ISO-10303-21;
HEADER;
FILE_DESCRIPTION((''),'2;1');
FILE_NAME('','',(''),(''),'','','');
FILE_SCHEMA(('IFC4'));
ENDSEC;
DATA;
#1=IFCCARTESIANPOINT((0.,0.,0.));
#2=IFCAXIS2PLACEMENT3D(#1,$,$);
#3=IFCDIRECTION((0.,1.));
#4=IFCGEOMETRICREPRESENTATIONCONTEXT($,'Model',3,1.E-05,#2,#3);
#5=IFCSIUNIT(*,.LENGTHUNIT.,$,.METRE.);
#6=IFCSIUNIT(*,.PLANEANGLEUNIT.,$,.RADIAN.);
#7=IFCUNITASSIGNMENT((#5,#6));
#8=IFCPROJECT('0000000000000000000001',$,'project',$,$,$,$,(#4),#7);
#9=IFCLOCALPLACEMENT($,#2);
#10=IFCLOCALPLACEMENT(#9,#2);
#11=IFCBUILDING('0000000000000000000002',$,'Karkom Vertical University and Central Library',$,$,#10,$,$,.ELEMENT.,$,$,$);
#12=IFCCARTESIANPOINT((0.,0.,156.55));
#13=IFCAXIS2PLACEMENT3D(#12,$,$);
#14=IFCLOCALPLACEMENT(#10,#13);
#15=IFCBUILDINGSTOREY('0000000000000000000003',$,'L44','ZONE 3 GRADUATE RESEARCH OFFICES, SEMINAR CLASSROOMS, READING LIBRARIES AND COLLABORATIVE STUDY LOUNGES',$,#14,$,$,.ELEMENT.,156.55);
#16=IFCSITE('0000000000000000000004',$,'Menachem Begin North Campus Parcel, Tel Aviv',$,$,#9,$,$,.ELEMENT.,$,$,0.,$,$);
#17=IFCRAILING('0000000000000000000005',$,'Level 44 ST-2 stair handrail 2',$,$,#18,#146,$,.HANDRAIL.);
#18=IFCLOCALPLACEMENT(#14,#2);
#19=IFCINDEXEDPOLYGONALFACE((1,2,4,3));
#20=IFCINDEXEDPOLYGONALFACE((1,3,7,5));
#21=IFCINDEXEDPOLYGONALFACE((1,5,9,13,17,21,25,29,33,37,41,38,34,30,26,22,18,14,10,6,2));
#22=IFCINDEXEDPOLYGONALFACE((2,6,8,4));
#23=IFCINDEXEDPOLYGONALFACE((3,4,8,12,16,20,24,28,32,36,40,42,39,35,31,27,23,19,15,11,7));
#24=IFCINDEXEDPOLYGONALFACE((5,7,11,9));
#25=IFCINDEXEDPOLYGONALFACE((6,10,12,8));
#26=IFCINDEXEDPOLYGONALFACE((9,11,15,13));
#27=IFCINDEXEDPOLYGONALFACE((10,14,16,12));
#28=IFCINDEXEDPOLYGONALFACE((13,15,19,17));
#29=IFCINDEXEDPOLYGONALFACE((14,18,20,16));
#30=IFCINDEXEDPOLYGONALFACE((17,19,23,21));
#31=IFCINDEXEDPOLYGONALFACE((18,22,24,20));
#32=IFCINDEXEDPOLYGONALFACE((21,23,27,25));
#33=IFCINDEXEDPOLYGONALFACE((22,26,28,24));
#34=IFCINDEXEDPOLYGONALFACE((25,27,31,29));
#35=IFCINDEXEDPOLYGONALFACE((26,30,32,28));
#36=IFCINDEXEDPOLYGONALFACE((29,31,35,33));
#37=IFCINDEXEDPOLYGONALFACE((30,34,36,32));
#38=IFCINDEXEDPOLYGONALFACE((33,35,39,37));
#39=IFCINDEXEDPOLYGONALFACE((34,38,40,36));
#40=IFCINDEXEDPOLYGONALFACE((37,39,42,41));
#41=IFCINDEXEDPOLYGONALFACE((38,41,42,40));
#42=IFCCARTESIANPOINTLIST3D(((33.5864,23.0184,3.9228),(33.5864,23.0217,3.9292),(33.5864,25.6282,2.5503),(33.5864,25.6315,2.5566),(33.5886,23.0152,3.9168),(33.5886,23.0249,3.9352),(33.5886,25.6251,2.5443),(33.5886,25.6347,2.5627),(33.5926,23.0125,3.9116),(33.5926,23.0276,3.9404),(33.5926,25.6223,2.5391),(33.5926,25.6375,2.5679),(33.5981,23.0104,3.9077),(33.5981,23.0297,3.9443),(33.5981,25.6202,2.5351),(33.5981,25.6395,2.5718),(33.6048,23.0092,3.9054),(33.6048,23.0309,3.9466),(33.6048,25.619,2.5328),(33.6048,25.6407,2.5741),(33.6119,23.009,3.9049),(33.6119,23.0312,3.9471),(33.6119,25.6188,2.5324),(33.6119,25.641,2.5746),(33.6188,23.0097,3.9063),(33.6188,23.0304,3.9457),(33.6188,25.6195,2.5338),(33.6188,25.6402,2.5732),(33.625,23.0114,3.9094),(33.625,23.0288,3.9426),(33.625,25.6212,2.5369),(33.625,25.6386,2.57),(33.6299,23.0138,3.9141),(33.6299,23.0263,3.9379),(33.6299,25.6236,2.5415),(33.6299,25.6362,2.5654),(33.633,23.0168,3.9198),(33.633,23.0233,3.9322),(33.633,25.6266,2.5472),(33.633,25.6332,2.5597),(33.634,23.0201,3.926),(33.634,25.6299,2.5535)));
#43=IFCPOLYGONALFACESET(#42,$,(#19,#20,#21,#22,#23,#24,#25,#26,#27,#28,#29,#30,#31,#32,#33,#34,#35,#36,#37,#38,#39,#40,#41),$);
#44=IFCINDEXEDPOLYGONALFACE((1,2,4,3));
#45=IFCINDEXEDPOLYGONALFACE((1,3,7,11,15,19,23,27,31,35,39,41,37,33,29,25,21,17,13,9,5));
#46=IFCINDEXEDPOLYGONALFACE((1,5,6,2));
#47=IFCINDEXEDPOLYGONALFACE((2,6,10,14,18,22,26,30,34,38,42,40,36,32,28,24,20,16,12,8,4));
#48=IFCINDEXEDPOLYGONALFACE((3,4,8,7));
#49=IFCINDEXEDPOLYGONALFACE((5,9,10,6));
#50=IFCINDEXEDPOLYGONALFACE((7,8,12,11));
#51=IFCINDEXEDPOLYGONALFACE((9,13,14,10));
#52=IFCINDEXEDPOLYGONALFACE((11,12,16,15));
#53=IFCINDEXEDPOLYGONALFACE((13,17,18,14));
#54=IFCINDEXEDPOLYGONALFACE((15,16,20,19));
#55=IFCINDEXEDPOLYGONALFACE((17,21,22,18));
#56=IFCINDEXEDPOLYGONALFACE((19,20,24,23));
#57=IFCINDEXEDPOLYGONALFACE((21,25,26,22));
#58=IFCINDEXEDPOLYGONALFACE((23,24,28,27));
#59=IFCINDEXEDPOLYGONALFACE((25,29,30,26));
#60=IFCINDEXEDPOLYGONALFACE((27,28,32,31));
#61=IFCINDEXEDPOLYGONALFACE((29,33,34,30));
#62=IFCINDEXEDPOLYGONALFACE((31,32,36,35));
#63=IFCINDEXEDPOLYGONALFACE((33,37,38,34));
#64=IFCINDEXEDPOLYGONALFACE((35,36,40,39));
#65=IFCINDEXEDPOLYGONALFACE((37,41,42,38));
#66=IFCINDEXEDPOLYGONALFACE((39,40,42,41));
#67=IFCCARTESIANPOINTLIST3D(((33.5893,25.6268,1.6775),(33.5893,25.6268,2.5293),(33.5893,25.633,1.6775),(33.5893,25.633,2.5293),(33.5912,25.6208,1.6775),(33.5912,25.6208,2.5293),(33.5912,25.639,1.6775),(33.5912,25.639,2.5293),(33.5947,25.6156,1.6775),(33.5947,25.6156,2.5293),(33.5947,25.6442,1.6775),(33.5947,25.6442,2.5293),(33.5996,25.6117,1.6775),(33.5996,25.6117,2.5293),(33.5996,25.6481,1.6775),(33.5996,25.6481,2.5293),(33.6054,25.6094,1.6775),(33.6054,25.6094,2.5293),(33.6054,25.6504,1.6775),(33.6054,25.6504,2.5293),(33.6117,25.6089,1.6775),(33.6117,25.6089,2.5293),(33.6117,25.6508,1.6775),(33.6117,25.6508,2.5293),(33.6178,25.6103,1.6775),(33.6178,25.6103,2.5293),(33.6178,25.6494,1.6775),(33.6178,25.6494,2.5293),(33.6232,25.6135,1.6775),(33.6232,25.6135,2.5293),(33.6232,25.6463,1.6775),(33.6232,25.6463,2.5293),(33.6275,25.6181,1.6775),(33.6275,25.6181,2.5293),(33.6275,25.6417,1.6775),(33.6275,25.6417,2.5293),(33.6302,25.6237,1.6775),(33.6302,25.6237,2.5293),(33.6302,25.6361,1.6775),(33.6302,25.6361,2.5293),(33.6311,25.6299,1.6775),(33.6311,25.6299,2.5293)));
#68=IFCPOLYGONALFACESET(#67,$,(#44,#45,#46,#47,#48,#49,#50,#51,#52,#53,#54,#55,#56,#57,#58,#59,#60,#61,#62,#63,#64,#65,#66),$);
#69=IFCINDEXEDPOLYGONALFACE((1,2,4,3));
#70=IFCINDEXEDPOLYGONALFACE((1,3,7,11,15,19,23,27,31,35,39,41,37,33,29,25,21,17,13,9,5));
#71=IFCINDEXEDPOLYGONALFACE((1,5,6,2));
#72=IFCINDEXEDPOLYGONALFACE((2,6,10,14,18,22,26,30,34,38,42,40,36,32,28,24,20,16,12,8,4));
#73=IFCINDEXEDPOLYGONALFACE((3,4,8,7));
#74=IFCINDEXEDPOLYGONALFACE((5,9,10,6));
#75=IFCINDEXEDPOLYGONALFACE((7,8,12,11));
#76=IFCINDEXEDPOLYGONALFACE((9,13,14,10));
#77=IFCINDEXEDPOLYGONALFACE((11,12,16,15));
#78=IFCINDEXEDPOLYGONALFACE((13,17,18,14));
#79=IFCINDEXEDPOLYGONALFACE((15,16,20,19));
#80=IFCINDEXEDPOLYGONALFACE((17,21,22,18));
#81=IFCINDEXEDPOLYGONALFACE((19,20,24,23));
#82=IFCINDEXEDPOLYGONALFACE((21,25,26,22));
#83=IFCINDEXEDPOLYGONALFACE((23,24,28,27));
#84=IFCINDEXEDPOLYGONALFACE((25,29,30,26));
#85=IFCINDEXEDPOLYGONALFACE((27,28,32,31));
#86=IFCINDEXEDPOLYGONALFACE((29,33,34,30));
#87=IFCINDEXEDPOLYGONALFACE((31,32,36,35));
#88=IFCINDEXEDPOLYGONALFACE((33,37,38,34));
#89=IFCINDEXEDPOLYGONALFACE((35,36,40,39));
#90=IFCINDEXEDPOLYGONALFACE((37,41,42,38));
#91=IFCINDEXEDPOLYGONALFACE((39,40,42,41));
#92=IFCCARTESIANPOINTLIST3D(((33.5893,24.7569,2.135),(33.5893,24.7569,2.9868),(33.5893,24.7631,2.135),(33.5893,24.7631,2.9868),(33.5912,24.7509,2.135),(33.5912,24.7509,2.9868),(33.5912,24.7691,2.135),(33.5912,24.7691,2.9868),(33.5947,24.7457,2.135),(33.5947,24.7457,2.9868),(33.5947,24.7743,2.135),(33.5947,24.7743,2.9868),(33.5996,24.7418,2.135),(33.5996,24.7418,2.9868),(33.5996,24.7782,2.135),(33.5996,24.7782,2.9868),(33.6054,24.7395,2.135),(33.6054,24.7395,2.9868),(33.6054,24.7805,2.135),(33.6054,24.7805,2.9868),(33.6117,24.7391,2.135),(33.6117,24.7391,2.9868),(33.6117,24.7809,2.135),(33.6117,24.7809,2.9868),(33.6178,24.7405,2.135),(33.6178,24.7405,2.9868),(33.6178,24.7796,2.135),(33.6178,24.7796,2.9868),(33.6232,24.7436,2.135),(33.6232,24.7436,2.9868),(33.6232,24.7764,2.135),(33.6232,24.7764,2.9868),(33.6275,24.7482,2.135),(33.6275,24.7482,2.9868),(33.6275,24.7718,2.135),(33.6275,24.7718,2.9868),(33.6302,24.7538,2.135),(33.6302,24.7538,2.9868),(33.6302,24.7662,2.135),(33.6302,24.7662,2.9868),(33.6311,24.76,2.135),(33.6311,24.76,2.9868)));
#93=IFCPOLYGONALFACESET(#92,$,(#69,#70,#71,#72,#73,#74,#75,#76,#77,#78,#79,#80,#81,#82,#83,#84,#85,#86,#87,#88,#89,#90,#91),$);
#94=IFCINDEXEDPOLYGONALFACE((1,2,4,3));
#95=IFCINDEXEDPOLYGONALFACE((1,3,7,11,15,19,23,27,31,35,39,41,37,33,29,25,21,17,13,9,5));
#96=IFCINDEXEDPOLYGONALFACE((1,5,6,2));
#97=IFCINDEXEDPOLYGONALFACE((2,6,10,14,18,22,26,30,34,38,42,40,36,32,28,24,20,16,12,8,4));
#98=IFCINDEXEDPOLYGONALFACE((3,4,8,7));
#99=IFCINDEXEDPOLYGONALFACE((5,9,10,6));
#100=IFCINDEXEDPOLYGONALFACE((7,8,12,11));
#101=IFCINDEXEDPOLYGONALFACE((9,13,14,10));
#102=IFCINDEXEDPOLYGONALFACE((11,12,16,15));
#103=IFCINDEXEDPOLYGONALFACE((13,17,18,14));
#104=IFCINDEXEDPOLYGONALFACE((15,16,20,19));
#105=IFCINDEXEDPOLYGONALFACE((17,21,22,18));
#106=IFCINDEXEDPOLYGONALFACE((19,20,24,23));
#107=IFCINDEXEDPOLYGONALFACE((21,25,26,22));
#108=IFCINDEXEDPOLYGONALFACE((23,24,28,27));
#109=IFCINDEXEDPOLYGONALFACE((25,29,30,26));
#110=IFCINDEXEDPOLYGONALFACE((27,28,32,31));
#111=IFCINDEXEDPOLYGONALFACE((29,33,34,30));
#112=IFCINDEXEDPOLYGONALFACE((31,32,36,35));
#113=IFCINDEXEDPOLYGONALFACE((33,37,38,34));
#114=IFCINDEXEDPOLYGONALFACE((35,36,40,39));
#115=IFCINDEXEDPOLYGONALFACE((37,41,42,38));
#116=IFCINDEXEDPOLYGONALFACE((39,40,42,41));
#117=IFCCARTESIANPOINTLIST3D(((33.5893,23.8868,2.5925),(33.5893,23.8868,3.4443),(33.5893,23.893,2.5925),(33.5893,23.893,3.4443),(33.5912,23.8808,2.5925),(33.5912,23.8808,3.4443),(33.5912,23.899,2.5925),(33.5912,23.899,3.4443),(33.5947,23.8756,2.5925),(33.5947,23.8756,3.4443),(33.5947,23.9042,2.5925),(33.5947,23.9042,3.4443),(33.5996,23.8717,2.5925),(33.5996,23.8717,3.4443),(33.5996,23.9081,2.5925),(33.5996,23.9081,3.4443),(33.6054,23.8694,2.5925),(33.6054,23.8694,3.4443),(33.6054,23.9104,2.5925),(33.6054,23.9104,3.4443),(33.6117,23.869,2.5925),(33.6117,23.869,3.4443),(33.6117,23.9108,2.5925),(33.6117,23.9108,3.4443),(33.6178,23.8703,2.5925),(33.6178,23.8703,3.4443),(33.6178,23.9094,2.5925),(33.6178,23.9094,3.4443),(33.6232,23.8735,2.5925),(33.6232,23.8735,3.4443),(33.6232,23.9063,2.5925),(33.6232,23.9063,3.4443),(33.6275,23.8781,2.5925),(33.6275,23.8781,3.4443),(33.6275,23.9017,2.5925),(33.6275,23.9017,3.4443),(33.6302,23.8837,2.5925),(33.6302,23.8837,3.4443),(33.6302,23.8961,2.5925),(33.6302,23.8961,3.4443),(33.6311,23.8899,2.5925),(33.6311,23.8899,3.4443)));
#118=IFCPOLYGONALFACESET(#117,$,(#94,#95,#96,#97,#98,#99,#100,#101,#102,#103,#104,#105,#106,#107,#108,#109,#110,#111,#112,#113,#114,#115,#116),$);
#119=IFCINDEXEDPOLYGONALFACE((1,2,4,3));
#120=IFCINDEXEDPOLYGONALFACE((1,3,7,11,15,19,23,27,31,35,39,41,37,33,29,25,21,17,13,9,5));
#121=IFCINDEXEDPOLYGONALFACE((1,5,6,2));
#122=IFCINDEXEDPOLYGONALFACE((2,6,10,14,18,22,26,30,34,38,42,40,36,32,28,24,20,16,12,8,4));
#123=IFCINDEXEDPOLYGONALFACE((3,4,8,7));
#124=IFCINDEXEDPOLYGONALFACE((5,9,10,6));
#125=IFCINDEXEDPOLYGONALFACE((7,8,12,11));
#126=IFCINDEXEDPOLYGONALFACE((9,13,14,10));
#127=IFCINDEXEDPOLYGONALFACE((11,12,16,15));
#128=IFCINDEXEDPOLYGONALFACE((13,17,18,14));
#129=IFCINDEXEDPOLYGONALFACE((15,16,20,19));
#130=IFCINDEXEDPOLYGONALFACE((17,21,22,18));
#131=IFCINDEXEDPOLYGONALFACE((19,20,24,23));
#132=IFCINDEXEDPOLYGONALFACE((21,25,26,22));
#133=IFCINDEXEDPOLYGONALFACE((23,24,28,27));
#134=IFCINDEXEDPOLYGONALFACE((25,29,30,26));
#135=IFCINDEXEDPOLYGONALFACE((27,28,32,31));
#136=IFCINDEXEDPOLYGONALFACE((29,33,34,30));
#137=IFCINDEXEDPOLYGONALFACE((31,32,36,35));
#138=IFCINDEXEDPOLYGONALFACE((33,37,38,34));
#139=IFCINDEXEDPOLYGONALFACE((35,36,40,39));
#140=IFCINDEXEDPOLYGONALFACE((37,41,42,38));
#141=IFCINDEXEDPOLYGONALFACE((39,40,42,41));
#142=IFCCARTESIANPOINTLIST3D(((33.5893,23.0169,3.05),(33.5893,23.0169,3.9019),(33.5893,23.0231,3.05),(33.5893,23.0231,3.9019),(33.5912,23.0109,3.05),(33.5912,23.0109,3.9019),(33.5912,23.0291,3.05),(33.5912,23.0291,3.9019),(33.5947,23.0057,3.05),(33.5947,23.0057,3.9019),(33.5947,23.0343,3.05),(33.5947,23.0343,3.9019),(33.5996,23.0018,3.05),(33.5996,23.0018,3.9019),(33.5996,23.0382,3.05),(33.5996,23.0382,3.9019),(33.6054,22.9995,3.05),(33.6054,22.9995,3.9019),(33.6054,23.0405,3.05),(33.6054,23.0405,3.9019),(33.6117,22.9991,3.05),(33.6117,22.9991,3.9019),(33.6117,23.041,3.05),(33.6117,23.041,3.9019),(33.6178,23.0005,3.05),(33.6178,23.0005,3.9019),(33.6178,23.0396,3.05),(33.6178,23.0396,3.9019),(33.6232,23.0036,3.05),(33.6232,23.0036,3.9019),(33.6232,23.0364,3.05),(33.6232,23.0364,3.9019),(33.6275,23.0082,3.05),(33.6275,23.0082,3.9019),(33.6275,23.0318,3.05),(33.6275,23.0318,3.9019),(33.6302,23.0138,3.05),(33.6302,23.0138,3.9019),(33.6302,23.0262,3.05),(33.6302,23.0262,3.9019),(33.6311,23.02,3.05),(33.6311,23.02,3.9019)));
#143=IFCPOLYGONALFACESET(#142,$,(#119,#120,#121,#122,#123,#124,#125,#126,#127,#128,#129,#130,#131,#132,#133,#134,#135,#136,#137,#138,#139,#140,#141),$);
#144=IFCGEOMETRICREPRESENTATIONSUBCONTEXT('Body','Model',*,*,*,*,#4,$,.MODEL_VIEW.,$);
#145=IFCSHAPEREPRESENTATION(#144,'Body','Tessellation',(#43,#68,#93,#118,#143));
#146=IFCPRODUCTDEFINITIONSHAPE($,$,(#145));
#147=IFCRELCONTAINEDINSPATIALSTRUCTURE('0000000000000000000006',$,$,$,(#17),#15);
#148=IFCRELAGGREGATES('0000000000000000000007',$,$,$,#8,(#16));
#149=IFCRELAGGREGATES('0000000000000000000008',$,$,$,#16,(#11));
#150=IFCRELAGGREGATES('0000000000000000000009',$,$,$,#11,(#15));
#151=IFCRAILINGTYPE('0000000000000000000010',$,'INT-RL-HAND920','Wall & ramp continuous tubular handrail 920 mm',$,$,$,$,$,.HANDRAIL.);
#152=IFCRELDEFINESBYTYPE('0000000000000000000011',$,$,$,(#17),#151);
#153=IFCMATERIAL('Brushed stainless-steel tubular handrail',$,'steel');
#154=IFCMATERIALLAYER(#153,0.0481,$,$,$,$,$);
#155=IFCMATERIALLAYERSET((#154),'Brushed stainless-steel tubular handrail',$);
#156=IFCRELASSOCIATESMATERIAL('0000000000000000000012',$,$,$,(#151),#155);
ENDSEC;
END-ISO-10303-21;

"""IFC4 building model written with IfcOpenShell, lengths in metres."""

from ifc_helpers import new_model, si_unit, direction, frame, origin, origin_2d, place, context, subcontext, project, spatial, circle, extrude, material, layer, layer_set, type_object, element, save


model = new_model("IFC4")

# Units and contexts
model_context = context("Model", 3, precision=1e-05, world=origin(), true_north=direction((0.0, 1.0)))
body_context = subcontext(model_context, "Body", "Model", "MODEL_VIEW")
ifc_project = project(units=[si_unit("LENGTHUNIT", "METRE"), si_unit("PLANEANGLEUNIT", "RADIAN")], contexts=[model_context])

# Site, building, storey
site_placement = place(None, origin())
site = spatial("IfcSite", under=ifc_project, at=site_placement, Name="Menachem Begin North Campus Parcel, Tel Aviv", CompositionType="ELEMENT", RefElevation=0.0)
building_placement = place(site_placement, origin())
building = spatial("IfcBuilding", under=site, at=building_placement, Name="Karkom Vertical University and Central Library", CompositionType="ELEMENT")
storey_placement = place(building_placement, frame((0.0, 0.0, 156.55)))
storey = spatial("IfcBuildingStorey", under=building, at=storey_placement, Name="L44", Description="ZONE 3 GRADUATE RESEARCH OFFICES, SEMINAR CLASSROOMS, READING LIBRARIES AND COLLABORATIVE STUDY LOUNGES", CompositionType="ELEMENT", Elevation=156.55)

# Railing
ifc_material_1 = material(Name="Brushed stainless-steel tubular handrail", Category="steel")
ifc_layer_1 = layer(ifc_material_1, 0.0481)
ifc_layer_set_1 = layer_set([ifc_layer_1], Name="Brushed stainless-steel tubular handrail")
railing_type_1 = type_object("IfcRailingType", Name="INT-RL-HAND920", Description="Wall & ramp continuous tubular handrail 920 mm", PredefinedType="HANDRAIL", material=ifc_layer_set_1)
railing_1_placement = place(storey_placement, frame((33.6101, 25.6299, 1.6775)))
element("IfcRailing", 1, at=railing_1_placement, inside=storey, type_object=railing_type_1, Name="Level 44 ST-2 stair handrail 2", PredefinedType="HANDRAIL", context=body_context, shape_type="SweptSolid", body=[
    extrude(circle(Radius=0.0239, at=origin_2d()), frame((0.0, 0.0, 0.876), z_axis=(0.0, -0.885065, 0.465467), x_axis=(1.0, 0.0, 0.0)), (0.0, 0.0, 1.0), 2.9487),
    extrude(circle(Radius=0.021, at=origin_2d()), origin(), (0.0, 0.0, 1.0), 0.8518),
    extrude(circle(Radius=0.021, at=origin_2d()), frame((0.0, -0.8699, 0.4575)), (0.0, 0.0, 1.0), 0.8518),
    extrude(circle(Radius=0.021, at=origin_2d()), frame((0.0, -1.74, 0.915)), (0.0, 0.0, 1.0), 0.8518),
    extrude(circle(Radius=0.021, at=origin_2d()), frame((0.0, -2.6099, 1.3726)), (0.0, 0.0, 1.0), 0.8518),
])

save(model, "model.ifc")
